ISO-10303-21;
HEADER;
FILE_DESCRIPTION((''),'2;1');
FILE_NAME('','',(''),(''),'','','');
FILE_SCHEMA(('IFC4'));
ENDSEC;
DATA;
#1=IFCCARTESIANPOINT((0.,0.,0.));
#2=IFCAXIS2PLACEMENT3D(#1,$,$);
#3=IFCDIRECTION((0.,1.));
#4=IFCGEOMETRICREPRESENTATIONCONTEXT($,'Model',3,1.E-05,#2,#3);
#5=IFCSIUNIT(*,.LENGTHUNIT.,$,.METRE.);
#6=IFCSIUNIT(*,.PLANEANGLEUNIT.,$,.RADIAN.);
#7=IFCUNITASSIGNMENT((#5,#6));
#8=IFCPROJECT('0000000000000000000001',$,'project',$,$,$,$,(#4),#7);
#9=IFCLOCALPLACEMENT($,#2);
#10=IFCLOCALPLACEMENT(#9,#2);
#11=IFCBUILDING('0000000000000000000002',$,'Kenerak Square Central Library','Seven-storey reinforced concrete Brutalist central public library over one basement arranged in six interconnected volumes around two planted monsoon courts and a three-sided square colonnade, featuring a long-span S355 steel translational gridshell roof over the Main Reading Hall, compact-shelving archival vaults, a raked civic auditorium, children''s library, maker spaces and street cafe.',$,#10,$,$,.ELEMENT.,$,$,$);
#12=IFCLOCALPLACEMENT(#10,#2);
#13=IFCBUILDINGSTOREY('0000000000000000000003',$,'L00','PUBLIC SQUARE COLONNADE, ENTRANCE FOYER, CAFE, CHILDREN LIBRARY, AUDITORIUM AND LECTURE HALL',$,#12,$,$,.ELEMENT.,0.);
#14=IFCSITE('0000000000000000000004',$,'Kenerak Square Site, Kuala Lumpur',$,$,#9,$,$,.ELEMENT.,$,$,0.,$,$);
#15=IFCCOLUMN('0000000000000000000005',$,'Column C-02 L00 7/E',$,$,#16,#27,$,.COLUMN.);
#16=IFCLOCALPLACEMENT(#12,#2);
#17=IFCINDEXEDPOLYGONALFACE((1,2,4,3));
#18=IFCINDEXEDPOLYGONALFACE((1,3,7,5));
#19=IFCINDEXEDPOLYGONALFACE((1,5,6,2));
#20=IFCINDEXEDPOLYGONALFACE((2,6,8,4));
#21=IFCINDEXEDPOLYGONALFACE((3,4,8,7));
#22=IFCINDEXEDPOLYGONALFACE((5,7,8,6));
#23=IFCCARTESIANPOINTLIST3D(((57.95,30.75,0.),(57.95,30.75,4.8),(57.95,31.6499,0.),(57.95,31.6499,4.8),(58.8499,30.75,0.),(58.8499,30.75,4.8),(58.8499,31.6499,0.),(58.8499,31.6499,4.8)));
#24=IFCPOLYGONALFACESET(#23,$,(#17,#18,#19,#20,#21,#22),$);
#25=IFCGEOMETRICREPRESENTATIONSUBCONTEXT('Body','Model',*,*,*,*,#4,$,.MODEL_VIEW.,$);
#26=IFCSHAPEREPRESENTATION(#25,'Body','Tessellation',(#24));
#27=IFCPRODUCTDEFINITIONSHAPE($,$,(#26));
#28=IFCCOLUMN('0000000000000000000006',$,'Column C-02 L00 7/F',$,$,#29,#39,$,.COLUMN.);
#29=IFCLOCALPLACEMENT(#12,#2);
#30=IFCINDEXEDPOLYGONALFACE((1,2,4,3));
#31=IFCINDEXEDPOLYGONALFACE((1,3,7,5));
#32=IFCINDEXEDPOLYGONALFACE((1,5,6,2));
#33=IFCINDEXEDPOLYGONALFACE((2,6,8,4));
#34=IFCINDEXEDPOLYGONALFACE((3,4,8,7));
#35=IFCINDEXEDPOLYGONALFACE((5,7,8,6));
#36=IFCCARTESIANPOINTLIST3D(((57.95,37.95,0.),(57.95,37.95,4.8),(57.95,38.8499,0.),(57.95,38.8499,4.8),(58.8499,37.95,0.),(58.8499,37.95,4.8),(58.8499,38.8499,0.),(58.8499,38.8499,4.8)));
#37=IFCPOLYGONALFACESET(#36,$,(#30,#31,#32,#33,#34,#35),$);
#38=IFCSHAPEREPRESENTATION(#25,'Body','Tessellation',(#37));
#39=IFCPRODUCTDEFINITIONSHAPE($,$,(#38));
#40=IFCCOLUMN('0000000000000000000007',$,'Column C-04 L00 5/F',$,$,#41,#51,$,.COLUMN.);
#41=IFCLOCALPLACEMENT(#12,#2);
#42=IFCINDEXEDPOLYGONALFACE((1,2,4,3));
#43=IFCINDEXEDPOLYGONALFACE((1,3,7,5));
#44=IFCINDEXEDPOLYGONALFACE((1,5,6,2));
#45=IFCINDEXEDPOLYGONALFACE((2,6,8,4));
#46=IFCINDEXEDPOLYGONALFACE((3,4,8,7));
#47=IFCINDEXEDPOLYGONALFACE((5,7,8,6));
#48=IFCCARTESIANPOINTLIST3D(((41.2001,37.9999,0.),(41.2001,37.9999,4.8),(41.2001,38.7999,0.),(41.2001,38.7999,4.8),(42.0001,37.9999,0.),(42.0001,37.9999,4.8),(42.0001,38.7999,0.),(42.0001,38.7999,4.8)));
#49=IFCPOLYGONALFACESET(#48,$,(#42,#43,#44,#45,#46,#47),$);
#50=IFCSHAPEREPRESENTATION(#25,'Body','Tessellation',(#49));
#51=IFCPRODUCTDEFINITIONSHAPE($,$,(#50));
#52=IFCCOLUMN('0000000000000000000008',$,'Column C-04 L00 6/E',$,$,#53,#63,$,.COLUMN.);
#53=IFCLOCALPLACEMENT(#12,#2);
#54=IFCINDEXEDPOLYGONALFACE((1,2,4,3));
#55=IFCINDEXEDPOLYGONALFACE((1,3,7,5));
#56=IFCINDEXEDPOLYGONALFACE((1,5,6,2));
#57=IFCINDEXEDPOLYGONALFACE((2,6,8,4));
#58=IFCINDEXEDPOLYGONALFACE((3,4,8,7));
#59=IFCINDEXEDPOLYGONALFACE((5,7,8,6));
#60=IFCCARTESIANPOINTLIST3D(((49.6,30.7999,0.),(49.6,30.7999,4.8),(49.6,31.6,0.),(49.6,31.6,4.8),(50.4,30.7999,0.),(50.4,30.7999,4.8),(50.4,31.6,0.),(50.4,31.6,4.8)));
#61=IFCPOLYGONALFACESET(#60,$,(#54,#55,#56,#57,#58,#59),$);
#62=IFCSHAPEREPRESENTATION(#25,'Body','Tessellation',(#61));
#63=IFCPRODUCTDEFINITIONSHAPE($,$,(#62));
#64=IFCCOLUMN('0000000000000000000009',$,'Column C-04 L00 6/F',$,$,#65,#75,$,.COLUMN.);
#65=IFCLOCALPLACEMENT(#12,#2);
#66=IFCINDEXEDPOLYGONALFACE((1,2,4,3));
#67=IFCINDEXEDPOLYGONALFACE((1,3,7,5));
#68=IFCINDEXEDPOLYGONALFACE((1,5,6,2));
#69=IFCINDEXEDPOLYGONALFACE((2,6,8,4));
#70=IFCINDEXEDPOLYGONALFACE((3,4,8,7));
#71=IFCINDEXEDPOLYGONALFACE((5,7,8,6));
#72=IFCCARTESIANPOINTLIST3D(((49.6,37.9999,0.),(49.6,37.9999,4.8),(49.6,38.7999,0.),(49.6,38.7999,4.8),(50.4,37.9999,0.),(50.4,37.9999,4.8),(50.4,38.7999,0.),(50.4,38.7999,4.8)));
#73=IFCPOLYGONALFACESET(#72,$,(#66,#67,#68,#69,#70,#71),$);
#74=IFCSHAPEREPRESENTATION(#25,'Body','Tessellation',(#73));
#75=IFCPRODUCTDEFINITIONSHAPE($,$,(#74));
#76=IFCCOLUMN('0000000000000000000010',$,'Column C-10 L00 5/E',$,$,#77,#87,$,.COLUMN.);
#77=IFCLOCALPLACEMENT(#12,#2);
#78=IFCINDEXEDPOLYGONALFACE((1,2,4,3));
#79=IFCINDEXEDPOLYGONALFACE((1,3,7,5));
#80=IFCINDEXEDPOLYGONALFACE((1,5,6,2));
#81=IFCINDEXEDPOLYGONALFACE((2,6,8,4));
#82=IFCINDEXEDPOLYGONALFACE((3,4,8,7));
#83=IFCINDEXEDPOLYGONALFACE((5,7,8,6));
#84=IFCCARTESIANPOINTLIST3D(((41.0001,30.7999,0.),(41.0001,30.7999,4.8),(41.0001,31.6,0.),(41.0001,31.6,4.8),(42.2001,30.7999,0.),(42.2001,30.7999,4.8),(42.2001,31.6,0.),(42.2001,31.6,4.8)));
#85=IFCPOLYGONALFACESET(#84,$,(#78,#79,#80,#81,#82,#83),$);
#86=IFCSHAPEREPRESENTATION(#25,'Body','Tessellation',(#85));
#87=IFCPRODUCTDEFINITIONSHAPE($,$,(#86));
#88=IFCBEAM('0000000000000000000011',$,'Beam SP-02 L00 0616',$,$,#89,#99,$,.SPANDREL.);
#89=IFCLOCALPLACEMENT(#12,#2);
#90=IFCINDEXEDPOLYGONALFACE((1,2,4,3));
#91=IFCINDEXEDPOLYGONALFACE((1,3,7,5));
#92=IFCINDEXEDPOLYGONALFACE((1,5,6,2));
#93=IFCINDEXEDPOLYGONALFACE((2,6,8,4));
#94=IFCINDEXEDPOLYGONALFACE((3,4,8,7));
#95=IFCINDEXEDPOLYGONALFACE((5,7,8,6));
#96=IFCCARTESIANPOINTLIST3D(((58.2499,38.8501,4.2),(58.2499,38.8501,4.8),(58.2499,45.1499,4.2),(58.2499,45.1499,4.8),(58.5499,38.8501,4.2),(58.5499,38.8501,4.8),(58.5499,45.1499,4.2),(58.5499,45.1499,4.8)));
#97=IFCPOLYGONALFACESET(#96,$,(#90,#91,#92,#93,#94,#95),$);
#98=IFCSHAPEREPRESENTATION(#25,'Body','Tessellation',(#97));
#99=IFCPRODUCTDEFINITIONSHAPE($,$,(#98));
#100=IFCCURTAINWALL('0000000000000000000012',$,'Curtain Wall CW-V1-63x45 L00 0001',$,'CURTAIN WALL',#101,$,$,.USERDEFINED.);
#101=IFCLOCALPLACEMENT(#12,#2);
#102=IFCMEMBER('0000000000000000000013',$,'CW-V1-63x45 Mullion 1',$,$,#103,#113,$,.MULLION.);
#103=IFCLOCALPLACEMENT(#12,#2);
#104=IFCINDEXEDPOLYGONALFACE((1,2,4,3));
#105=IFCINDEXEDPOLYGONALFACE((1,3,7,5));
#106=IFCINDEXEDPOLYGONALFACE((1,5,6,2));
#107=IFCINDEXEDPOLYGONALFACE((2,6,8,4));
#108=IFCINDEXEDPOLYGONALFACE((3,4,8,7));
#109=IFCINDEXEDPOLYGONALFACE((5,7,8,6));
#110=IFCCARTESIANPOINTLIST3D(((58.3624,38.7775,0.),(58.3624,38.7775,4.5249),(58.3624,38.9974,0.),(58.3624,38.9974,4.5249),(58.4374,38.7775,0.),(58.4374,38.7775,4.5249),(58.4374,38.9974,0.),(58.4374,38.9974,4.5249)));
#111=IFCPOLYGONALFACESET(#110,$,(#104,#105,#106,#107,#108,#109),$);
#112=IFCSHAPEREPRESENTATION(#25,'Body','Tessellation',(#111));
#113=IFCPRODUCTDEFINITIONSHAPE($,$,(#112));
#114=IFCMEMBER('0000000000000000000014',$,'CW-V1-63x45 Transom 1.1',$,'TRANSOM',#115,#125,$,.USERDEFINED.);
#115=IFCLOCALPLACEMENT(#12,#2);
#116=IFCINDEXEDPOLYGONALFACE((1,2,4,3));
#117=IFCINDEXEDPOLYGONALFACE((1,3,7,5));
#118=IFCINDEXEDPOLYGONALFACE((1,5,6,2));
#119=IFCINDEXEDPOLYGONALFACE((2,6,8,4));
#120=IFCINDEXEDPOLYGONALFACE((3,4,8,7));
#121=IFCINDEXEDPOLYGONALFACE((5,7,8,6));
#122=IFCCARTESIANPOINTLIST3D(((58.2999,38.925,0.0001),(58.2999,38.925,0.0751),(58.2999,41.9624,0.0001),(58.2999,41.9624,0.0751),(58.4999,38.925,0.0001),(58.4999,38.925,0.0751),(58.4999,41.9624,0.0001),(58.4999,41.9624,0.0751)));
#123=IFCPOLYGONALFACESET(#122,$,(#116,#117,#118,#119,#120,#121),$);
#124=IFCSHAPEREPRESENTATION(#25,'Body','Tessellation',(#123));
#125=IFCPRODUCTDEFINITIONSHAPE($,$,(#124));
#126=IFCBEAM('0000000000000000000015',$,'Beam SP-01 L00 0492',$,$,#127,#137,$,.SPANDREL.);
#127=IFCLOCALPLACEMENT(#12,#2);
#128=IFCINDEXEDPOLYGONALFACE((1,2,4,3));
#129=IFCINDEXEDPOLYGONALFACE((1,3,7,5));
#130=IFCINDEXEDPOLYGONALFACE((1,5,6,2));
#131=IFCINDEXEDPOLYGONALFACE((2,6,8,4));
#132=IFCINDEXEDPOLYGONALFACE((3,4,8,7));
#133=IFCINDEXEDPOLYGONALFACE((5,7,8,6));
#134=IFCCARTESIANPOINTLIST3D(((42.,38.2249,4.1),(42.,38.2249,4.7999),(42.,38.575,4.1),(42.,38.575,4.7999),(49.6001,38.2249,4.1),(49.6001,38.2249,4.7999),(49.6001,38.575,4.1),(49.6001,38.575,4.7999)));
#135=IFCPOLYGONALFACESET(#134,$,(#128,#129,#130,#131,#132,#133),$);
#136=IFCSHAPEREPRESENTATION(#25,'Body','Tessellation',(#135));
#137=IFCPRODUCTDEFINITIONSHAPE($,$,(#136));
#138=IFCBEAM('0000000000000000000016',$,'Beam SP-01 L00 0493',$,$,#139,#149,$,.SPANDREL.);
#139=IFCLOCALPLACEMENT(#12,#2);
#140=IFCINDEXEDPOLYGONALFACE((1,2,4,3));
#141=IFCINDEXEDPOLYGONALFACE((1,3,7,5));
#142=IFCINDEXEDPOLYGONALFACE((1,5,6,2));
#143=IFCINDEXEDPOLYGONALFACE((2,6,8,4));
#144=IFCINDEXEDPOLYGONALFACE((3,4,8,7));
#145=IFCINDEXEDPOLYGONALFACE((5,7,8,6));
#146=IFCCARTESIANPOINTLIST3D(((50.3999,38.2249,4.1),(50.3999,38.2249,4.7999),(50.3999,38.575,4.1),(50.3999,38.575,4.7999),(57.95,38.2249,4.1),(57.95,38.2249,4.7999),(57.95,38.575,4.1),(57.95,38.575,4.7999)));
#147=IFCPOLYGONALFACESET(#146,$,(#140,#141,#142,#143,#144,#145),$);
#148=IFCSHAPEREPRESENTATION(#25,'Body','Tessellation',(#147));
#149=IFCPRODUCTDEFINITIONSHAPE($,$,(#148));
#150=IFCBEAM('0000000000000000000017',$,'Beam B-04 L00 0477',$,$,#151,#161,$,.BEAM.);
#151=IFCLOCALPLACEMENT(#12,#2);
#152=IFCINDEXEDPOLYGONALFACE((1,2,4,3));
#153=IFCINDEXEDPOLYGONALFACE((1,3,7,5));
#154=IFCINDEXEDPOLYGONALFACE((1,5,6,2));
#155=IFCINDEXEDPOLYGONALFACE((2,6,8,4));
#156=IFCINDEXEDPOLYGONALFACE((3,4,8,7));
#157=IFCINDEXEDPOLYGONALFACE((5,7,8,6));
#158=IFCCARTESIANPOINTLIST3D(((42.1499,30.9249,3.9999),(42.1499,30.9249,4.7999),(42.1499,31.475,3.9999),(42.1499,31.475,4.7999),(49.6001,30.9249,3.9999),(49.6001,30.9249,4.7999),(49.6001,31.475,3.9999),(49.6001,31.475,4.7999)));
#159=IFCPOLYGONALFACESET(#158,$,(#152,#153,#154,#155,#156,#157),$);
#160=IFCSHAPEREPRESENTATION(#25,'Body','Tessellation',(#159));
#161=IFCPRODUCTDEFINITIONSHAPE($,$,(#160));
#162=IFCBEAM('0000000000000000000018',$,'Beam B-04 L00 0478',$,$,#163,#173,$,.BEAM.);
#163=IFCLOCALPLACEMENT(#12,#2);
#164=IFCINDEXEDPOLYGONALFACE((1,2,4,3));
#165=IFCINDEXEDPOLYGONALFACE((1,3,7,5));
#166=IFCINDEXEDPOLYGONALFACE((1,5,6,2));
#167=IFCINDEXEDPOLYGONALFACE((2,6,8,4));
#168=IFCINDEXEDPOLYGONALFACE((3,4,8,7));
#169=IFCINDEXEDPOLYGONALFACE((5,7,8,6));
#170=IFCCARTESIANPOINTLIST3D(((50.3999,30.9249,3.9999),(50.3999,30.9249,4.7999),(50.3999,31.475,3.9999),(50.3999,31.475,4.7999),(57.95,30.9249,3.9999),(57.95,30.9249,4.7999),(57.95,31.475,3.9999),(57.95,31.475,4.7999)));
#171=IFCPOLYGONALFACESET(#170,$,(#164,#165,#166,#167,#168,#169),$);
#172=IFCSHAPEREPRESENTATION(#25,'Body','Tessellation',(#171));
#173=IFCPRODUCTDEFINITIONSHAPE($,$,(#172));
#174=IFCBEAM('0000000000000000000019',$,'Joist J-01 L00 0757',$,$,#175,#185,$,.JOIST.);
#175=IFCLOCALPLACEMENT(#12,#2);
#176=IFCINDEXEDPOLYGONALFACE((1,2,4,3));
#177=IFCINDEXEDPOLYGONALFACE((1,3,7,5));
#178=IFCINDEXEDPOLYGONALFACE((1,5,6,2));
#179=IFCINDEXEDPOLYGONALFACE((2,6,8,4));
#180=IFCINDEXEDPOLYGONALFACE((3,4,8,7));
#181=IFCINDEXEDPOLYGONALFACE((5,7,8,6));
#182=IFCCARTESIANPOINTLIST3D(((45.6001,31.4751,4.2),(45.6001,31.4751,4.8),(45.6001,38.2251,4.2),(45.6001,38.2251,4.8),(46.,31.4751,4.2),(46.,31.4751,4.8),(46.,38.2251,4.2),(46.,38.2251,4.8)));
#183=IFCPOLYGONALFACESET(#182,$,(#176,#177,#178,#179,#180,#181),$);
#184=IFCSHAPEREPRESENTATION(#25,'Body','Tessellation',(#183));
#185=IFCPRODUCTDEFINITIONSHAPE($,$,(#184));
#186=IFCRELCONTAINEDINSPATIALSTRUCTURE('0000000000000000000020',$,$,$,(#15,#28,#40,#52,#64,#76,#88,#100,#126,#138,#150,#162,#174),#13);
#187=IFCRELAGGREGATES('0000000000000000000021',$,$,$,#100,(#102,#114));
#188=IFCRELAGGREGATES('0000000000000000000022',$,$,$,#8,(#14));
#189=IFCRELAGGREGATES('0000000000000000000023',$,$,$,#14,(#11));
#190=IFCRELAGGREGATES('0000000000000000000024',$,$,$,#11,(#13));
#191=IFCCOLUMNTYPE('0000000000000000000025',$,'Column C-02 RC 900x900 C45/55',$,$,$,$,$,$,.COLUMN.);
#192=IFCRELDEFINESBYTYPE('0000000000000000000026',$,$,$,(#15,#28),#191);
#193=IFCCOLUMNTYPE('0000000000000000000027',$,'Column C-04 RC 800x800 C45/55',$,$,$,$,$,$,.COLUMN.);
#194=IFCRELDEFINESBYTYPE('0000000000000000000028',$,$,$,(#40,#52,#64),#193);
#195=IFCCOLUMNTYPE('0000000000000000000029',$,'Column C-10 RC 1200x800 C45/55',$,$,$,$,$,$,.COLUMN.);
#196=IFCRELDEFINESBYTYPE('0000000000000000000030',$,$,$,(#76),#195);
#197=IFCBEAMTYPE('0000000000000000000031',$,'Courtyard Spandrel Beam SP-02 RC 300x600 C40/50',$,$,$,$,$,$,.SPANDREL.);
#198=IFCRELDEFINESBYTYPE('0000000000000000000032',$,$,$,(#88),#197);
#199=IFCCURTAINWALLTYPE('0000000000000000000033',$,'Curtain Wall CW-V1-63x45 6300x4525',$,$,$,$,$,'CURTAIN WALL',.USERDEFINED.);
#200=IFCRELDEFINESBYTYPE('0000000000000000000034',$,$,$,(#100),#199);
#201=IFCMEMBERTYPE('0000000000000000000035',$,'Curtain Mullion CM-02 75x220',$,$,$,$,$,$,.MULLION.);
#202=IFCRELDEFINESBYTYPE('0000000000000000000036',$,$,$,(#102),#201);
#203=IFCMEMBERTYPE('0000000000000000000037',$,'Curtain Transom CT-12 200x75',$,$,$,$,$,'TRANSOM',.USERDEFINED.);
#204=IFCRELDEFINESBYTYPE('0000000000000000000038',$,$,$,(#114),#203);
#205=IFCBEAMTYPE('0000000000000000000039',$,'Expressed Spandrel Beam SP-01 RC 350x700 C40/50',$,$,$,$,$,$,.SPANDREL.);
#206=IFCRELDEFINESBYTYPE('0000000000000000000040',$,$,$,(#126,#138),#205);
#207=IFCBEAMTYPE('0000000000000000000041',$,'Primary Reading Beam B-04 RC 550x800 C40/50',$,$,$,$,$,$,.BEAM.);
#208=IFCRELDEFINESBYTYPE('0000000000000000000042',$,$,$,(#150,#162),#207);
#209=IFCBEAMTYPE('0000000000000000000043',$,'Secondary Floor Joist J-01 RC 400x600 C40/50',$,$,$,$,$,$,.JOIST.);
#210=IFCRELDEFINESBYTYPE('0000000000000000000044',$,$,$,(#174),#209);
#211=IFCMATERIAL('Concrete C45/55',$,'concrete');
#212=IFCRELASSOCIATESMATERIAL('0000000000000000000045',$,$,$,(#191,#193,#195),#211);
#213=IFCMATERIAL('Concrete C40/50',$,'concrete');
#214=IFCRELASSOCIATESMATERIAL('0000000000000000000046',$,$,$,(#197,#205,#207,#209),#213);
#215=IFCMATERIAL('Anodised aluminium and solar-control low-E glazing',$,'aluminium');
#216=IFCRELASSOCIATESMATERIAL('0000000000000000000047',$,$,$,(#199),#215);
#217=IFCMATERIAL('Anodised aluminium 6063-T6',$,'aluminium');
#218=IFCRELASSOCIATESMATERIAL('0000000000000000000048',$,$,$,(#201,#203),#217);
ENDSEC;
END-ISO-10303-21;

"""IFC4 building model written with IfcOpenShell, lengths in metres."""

from ifc_helpers import new_model, si_unit, direction, frame, origin, origin_2d, place, context, subcontext, project, spatial, rectangle, extrude, material, material_profile, profile_set, type_object, element, aggregate, save


model = new_model("IFC4")

# Units and contexts
model_context = context("Model", 3, precision=1e-05, world=origin(), true_north=direction((0.0, 1.0)))
body_context = subcontext(model_context, "Body", "Model", "MODEL_VIEW")
ifc_project = project(units=[si_unit("LENGTHUNIT", "METRE"), si_unit("PLANEANGLEUNIT", "RADIAN")], contexts=[model_context])

# Site, building, storey
site_placement = place(None, origin())
site = spatial("IfcSite", under=ifc_project, at=site_placement, Name="Kenerak Square Site, Kuala Lumpur", CompositionType="ELEMENT", RefElevation=0.0)
building_placement = place(site_placement, origin())
building = spatial("IfcBuilding", under=site, at=building_placement, Name="Kenerak Square Central Library", Description="Seven-storey reinforced concrete Brutalist central public library over one basement arranged in six interconnected volumes around two planted monsoon courts and a three-sided square colonnade, featuring a long-span S355 steel translational gridshell roof over the Main Reading Hall, compact-shelving archival vaults, a raked civic auditorium, children's library, maker spaces and street cafe.", CompositionType="ELEMENT")
storey_placement = place(building_placement, origin())
storey = spatial("IfcBuildingStorey", under=building, at=storey_placement, Name="L00", Description="PUBLIC SQUARE COLONNADE, ENTRANCE FOYER, CAFE, CHILDREN LIBRARY, AUDITORIUM AND LECTURE HALL", CompositionType="ELEMENT", Elevation=0.0)

# Columns
ifc_material_1 = material(Name="Concrete C45/55", Category="concrete")
ifc_material_profile_1 = material_profile(ifc_material_1, rectangle(XDim=0.8999, YDim=0.8999, at=origin_2d()), Name="RC 900x900")
ifc_profile_set_1 = profile_set([ifc_material_profile_1], Name="Concrete C45/55")
column_type_1 = type_object("IfcColumnType", Name="Column C-02 RC 900x900 C45/55", PredefinedType="COLUMN", material=ifc_profile_set_1)
for number, where, z_axis, x_axis, name in (
    (1, (58.3999, 31.2, 0.0), (0.0, 0.0, 1.0), (1.0, 0.0, 0.0), "Column C-02 L00 7/E"),
    (2, (58.3999, 38.3999, 0.0), (0.0, 0.0, 1.0), (1.0, 0.0, 0.0), "Column C-02 L00 7/F"),
):
    element("IfcColumn", number, at=place(storey_placement, frame(where, z_axis=z_axis, x_axis=x_axis)), inside=storey, type_object=column_type_1, Name=name, PredefinedType="COLUMN", context=body_context, shape_type="SweptSolid", body=[
        extrude(rectangle(XDim=0.8999, YDim=0.8999, at=origin_2d()), origin(), (0.0, 0.0, 1.0), 4.8),
    ])
ifc_material_profile_2 = material_profile(ifc_material_1, rectangle(XDim=0.8, YDim=0.8, at=origin_2d()), Name="RC 800x800")
ifc_profile_set_2 = profile_set([ifc_material_profile_2], Name="Concrete C45/55")
column_type_2 = type_object("IfcColumnType", Name="Column C-04 RC 800x800 C45/55", PredefinedType="COLUMN", material=ifc_profile_set_2)
for number, where, z_axis, x_axis, name in (
    (3, (41.6001, 38.3999, 0.0), (0.0, 0.0, 1.0), (1.0, 0.0, 0.0), "Column C-04 L00 5/F"),
    (4, (50.0, 31.2, 0.0), (0.0, 0.0, 1.0), (1.0, 0.0, 0.0), "Column C-04 L00 6/E"),
    (5, (50.0, 38.3999, 0.0), (0.0, 0.0, 1.0), (1.0, 0.0, 0.0), "Column C-04 L00 6/F"),
):
    element("IfcColumn", number, at=place(storey_placement, frame(where, z_axis=z_axis, x_axis=x_axis)), inside=storey, type_object=column_type_2, Name=name, PredefinedType="COLUMN", context=body_context, shape_type="SweptSolid", body=[
        extrude(rectangle(XDim=0.8, YDim=0.8, at=origin_2d()), origin(), (0.0, 0.0, 1.0), 4.8),
    ])
ifc_material_profile_3 = material_profile(ifc_material_1, rectangle(XDim=1.2, YDim=0.8, at=origin_2d()), Name="RC 1200x800")
ifc_profile_set_3 = profile_set([ifc_material_profile_3], Name="Concrete C45/55")
column_type_3 = type_object("IfcColumnType", Name="Column C-10 RC 1200x800 C45/55", PredefinedType="COLUMN", material=ifc_profile_set_3)
column_placement = place(storey_placement, frame((41.6001, 31.2, 0.0), z_axis=(0.0, 0.0, 1.0), x_axis=(1.0, 0.0, 0.0)))
element("IfcColumn", 6, at=column_placement, inside=storey, type_object=column_type_3, Name="Column C-10 L00 5/E", PredefinedType="COLUMN", context=body_context, shape_type="SweptSolid", body=[
    extrude(rectangle(XDim=1.2, YDim=0.8, at=origin_2d()), origin(), (0.0, 0.0, 1.0), 4.8),
])

# Beam
ifc_material_2 = material(Name="Concrete C40/50", Category="concrete")
ifc_material_profile_4 = material_profile(ifc_material_2, rectangle(XDim=0.3, YDim=0.6001, at=origin_2d()), Name="RC 300x600")
ifc_profile_set_4 = profile_set([ifc_material_profile_4], Name="Concrete C40/50")
beam_type_1 = type_object("IfcBeamType", Name="Courtyard Spandrel Beam SP-02 RC 300x600 C40/50", PredefinedType="SPANDREL", material=ifc_profile_set_4)
beam_1_placement = place(storey_placement, frame((58.3999, 38.8501, 4.5), z_axis=(0.0, 1.0, 0.0), x_axis=(-1.0, 0.0, 0.0)))
element("IfcBeam", 7, at=beam_1_placement, inside=storey, type_object=beam_type_1, Name="Beam SP-02 L00 0616", PredefinedType="SPANDREL", context=body_context, shape_type="SweptSolid", body=[
    extrude(rectangle(XDim=0.3, YDim=0.6001, at=origin_2d()), origin(), (0.0, 0.0, 1.0), 6.2998),
])

# Curtain wall, members
ifc_material_3 = material(Name="Anodised aluminium and solar-control low-E glazing", Category="aluminium")
curtain_wall_type = type_object("IfcCurtainWallType", Name="Curtain Wall CW-V1-63x45 6300x4525", ElementType="CURTAIN WALL", PredefinedType="USERDEFINED", material=ifc_material_3)
curtain_wall_placement = place(storey_placement, origin())
curtain_wall = element("IfcCurtainWall", 8, at=curtain_wall_placement, inside=storey, type_object=curtain_wall_type, Name="Curtain Wall CW-V1-63x45 L00 0001", ObjectType="CURTAIN WALL", PredefinedType="USERDEFINED")
ifc_material_4 = material(Name="Anodised aluminium 6063-T6", Category="aluminium")
ifc_material_profile_5 = material_profile(ifc_material_4, rectangle(XDim=0.075, YDim=0.22, at=origin_2d()), Name="AL MULLION 75x220")
ifc_profile_set_5 = profile_set([ifc_material_profile_5], Name="Anodised aluminium 6063-T6")
member_type_1 = type_object("IfcMemberType", Name="Curtain Mullion CM-02 75x220", PredefinedType="MULLION", material=ifc_profile_set_5)
member_1_placement = place(storey_placement, frame((58.3999, 38.8875, 0.0), z_axis=(0.0, 0.0, 1.0), x_axis=(-1.0, 0.0, 0.0)))
member_1 = element("IfcMember", 9, at=member_1_placement, type_object=member_type_1, Name="CW-V1-63x45 Mullion 1", PredefinedType="MULLION", context=body_context, shape_type="SweptSolid", body=[
    extrude(rectangle(XDim=0.075, YDim=0.22, at=origin_2d()), origin(), (0.0, 0.0, 1.0), 4.5249),
])
ifc_material_profile_6 = material_profile(ifc_material_4, rectangle(XDim=0.2, YDim=0.075, at=origin_2d()), Name="AL TRANSOM 200x75")
ifc_profile_set_6 = profile_set([ifc_material_profile_6], Name="Anodised aluminium 6063-T6")
member_type_2 = type_object("IfcMemberType", Name="Curtain Transom CT-12 200x75", ElementType="TRANSOM", PredefinedType="USERDEFINED", material=ifc_profile_set_6)
member_2_placement = place(storey_placement, frame((58.3999, 38.925, 0.0376), z_axis=(0.0, 1.0, 0.0), x_axis=(-1.0, 0.0, 0.0)))
member_2 = element("IfcMember", 10, at=member_2_placement, type_object=member_type_2, Name="CW-V1-63x45 Transom 1.1", ObjectType="TRANSOM", PredefinedType="USERDEFINED", context=body_context, shape_type="SweptSolid", body=[
    extrude(rectangle(XDim=0.2, YDim=0.075, at=origin_2d()), origin(), (0.0, 0.0, 1.0), 3.0374),
])
aggregate(curtain_wall, [member_1, member_2])

# Beams
ifc_material_profile_7 = material_profile(ifc_material_2, rectangle(XDim=0.3501, YDim=0.7, at=origin_2d()), Name="RC 350x700")
ifc_profile_set_7 = profile_set([ifc_material_profile_7], Name="Concrete C40/50")
beam_type_2 = type_object("IfcBeamType", Name="Expressed Spandrel Beam SP-01 RC 350x700 C40/50", PredefinedType="SPANDREL", material=ifc_profile_set_7)
beam_2_placement = place(storey_placement, frame((42.0, 38.3999, 4.45), z_axis=(1.0, 0.0, 0.0), x_axis=(0.0, 1.0, 0.0)))
element("IfcBeam", 11, at=beam_2_placement, inside=storey, type_object=beam_type_2, Name="Beam SP-01 L00 0492", PredefinedType="SPANDREL", context=body_context, shape_type="SweptSolid", body=[
    extrude(rectangle(XDim=0.3501, YDim=0.7, at=origin_2d()), origin(), (0.0, 0.0, 1.0), 7.6001),
])
beam_3_placement = place(storey_placement, frame((50.3999, 38.3999, 4.45), z_axis=(1.0, 0.0, 0.0), x_axis=(0.0, 1.0, 0.0)))
element("IfcBeam", 12, at=beam_3_placement, inside=storey, type_object=beam_type_2, Name="Beam SP-01 L00 0493", PredefinedType="SPANDREL", context=body_context, shape_type="SweptSolid", body=[
    extrude(rectangle(XDim=0.3501, YDim=0.7, at=origin_2d()), origin(), (0.0, 0.0, 1.0), 7.55),
])
ifc_material_profile_8 = material_profile(ifc_material_2, rectangle(XDim=0.55, YDim=0.8, at=origin_2d()), Name="RC 550x800")
ifc_profile_set_8 = profile_set([ifc_material_profile_8], Name="Concrete C40/50")
beam_type_3 = type_object("IfcBeamType", Name="Primary Reading Beam B-04 RC 550x800 C40/50", PredefinedType="BEAM", material=ifc_profile_set_8)
beam_4_placement = place(storey_placement, frame((42.1499, 31.2, 4.3999), z_axis=(1.0, 0.0, 0.0), x_axis=(0.0, 1.0, 0.0)))
element("IfcBeam", 13, at=beam_4_placement, inside=storey, type_object=beam_type_3, Name="Beam B-04 L00 0477", PredefinedType="BEAM", context=body_context, shape_type="SweptSolid", body=[
    extrude(rectangle(XDim=0.55, YDim=0.8, at=origin_2d()), origin(), (0.0, 0.0, 1.0), 7.4502),
])
beam_5_placement = place(storey_placement, frame((50.3999, 31.2, 4.3999), z_axis=(1.0, 0.0, 0.0), x_axis=(0.0, 1.0, 0.0)))
element("IfcBeam", 14, at=beam_5_placement, inside=storey, type_object=beam_type_3, Name="Beam B-04 L00 0478", PredefinedType="BEAM", context=body_context, shape_type="SweptSolid", body=[
    extrude(rectangle(XDim=0.55, YDim=0.8, at=origin_2d()), origin(), (0.0, 0.0, 1.0), 7.55),
])
ifc_material_profile_9 = material_profile(ifc_material_2, rectangle(XDim=0.3999, YDim=0.6001, at=origin_2d()), Name="RC 400x600")
ifc_profile_set_9 = profile_set([ifc_material_profile_9], Name="Concrete C40/50")
beam_type_4 = type_object("IfcBeamType", Name="Secondary Floor Joist J-01 RC 400x600 C40/50", PredefinedType="JOIST", material=ifc_profile_set_9)
for number, where, z_axis, x_axis, name in (
    (15, (45.8, 31.4751, 4.5), (0.0, 1.0, 0.0), (-1.0, 0.0, 0.0), "Joist J-01 L00 0757"),
):
    element("IfcBeam", number, at=place(storey_placement, frame(where, z_axis=z_axis, x_axis=x_axis)), inside=storey, type_object=beam_type_4, Name=name, PredefinedType="JOIST", context=body_context, shape_type="SweptSolid", body=[
        extrude(rectangle(XDim=0.3999, YDim=0.6001, at=origin_2d()), origin(), (0.0, 0.0, 1.0), 6.75),
    ])

save(model, "model.ifc")
